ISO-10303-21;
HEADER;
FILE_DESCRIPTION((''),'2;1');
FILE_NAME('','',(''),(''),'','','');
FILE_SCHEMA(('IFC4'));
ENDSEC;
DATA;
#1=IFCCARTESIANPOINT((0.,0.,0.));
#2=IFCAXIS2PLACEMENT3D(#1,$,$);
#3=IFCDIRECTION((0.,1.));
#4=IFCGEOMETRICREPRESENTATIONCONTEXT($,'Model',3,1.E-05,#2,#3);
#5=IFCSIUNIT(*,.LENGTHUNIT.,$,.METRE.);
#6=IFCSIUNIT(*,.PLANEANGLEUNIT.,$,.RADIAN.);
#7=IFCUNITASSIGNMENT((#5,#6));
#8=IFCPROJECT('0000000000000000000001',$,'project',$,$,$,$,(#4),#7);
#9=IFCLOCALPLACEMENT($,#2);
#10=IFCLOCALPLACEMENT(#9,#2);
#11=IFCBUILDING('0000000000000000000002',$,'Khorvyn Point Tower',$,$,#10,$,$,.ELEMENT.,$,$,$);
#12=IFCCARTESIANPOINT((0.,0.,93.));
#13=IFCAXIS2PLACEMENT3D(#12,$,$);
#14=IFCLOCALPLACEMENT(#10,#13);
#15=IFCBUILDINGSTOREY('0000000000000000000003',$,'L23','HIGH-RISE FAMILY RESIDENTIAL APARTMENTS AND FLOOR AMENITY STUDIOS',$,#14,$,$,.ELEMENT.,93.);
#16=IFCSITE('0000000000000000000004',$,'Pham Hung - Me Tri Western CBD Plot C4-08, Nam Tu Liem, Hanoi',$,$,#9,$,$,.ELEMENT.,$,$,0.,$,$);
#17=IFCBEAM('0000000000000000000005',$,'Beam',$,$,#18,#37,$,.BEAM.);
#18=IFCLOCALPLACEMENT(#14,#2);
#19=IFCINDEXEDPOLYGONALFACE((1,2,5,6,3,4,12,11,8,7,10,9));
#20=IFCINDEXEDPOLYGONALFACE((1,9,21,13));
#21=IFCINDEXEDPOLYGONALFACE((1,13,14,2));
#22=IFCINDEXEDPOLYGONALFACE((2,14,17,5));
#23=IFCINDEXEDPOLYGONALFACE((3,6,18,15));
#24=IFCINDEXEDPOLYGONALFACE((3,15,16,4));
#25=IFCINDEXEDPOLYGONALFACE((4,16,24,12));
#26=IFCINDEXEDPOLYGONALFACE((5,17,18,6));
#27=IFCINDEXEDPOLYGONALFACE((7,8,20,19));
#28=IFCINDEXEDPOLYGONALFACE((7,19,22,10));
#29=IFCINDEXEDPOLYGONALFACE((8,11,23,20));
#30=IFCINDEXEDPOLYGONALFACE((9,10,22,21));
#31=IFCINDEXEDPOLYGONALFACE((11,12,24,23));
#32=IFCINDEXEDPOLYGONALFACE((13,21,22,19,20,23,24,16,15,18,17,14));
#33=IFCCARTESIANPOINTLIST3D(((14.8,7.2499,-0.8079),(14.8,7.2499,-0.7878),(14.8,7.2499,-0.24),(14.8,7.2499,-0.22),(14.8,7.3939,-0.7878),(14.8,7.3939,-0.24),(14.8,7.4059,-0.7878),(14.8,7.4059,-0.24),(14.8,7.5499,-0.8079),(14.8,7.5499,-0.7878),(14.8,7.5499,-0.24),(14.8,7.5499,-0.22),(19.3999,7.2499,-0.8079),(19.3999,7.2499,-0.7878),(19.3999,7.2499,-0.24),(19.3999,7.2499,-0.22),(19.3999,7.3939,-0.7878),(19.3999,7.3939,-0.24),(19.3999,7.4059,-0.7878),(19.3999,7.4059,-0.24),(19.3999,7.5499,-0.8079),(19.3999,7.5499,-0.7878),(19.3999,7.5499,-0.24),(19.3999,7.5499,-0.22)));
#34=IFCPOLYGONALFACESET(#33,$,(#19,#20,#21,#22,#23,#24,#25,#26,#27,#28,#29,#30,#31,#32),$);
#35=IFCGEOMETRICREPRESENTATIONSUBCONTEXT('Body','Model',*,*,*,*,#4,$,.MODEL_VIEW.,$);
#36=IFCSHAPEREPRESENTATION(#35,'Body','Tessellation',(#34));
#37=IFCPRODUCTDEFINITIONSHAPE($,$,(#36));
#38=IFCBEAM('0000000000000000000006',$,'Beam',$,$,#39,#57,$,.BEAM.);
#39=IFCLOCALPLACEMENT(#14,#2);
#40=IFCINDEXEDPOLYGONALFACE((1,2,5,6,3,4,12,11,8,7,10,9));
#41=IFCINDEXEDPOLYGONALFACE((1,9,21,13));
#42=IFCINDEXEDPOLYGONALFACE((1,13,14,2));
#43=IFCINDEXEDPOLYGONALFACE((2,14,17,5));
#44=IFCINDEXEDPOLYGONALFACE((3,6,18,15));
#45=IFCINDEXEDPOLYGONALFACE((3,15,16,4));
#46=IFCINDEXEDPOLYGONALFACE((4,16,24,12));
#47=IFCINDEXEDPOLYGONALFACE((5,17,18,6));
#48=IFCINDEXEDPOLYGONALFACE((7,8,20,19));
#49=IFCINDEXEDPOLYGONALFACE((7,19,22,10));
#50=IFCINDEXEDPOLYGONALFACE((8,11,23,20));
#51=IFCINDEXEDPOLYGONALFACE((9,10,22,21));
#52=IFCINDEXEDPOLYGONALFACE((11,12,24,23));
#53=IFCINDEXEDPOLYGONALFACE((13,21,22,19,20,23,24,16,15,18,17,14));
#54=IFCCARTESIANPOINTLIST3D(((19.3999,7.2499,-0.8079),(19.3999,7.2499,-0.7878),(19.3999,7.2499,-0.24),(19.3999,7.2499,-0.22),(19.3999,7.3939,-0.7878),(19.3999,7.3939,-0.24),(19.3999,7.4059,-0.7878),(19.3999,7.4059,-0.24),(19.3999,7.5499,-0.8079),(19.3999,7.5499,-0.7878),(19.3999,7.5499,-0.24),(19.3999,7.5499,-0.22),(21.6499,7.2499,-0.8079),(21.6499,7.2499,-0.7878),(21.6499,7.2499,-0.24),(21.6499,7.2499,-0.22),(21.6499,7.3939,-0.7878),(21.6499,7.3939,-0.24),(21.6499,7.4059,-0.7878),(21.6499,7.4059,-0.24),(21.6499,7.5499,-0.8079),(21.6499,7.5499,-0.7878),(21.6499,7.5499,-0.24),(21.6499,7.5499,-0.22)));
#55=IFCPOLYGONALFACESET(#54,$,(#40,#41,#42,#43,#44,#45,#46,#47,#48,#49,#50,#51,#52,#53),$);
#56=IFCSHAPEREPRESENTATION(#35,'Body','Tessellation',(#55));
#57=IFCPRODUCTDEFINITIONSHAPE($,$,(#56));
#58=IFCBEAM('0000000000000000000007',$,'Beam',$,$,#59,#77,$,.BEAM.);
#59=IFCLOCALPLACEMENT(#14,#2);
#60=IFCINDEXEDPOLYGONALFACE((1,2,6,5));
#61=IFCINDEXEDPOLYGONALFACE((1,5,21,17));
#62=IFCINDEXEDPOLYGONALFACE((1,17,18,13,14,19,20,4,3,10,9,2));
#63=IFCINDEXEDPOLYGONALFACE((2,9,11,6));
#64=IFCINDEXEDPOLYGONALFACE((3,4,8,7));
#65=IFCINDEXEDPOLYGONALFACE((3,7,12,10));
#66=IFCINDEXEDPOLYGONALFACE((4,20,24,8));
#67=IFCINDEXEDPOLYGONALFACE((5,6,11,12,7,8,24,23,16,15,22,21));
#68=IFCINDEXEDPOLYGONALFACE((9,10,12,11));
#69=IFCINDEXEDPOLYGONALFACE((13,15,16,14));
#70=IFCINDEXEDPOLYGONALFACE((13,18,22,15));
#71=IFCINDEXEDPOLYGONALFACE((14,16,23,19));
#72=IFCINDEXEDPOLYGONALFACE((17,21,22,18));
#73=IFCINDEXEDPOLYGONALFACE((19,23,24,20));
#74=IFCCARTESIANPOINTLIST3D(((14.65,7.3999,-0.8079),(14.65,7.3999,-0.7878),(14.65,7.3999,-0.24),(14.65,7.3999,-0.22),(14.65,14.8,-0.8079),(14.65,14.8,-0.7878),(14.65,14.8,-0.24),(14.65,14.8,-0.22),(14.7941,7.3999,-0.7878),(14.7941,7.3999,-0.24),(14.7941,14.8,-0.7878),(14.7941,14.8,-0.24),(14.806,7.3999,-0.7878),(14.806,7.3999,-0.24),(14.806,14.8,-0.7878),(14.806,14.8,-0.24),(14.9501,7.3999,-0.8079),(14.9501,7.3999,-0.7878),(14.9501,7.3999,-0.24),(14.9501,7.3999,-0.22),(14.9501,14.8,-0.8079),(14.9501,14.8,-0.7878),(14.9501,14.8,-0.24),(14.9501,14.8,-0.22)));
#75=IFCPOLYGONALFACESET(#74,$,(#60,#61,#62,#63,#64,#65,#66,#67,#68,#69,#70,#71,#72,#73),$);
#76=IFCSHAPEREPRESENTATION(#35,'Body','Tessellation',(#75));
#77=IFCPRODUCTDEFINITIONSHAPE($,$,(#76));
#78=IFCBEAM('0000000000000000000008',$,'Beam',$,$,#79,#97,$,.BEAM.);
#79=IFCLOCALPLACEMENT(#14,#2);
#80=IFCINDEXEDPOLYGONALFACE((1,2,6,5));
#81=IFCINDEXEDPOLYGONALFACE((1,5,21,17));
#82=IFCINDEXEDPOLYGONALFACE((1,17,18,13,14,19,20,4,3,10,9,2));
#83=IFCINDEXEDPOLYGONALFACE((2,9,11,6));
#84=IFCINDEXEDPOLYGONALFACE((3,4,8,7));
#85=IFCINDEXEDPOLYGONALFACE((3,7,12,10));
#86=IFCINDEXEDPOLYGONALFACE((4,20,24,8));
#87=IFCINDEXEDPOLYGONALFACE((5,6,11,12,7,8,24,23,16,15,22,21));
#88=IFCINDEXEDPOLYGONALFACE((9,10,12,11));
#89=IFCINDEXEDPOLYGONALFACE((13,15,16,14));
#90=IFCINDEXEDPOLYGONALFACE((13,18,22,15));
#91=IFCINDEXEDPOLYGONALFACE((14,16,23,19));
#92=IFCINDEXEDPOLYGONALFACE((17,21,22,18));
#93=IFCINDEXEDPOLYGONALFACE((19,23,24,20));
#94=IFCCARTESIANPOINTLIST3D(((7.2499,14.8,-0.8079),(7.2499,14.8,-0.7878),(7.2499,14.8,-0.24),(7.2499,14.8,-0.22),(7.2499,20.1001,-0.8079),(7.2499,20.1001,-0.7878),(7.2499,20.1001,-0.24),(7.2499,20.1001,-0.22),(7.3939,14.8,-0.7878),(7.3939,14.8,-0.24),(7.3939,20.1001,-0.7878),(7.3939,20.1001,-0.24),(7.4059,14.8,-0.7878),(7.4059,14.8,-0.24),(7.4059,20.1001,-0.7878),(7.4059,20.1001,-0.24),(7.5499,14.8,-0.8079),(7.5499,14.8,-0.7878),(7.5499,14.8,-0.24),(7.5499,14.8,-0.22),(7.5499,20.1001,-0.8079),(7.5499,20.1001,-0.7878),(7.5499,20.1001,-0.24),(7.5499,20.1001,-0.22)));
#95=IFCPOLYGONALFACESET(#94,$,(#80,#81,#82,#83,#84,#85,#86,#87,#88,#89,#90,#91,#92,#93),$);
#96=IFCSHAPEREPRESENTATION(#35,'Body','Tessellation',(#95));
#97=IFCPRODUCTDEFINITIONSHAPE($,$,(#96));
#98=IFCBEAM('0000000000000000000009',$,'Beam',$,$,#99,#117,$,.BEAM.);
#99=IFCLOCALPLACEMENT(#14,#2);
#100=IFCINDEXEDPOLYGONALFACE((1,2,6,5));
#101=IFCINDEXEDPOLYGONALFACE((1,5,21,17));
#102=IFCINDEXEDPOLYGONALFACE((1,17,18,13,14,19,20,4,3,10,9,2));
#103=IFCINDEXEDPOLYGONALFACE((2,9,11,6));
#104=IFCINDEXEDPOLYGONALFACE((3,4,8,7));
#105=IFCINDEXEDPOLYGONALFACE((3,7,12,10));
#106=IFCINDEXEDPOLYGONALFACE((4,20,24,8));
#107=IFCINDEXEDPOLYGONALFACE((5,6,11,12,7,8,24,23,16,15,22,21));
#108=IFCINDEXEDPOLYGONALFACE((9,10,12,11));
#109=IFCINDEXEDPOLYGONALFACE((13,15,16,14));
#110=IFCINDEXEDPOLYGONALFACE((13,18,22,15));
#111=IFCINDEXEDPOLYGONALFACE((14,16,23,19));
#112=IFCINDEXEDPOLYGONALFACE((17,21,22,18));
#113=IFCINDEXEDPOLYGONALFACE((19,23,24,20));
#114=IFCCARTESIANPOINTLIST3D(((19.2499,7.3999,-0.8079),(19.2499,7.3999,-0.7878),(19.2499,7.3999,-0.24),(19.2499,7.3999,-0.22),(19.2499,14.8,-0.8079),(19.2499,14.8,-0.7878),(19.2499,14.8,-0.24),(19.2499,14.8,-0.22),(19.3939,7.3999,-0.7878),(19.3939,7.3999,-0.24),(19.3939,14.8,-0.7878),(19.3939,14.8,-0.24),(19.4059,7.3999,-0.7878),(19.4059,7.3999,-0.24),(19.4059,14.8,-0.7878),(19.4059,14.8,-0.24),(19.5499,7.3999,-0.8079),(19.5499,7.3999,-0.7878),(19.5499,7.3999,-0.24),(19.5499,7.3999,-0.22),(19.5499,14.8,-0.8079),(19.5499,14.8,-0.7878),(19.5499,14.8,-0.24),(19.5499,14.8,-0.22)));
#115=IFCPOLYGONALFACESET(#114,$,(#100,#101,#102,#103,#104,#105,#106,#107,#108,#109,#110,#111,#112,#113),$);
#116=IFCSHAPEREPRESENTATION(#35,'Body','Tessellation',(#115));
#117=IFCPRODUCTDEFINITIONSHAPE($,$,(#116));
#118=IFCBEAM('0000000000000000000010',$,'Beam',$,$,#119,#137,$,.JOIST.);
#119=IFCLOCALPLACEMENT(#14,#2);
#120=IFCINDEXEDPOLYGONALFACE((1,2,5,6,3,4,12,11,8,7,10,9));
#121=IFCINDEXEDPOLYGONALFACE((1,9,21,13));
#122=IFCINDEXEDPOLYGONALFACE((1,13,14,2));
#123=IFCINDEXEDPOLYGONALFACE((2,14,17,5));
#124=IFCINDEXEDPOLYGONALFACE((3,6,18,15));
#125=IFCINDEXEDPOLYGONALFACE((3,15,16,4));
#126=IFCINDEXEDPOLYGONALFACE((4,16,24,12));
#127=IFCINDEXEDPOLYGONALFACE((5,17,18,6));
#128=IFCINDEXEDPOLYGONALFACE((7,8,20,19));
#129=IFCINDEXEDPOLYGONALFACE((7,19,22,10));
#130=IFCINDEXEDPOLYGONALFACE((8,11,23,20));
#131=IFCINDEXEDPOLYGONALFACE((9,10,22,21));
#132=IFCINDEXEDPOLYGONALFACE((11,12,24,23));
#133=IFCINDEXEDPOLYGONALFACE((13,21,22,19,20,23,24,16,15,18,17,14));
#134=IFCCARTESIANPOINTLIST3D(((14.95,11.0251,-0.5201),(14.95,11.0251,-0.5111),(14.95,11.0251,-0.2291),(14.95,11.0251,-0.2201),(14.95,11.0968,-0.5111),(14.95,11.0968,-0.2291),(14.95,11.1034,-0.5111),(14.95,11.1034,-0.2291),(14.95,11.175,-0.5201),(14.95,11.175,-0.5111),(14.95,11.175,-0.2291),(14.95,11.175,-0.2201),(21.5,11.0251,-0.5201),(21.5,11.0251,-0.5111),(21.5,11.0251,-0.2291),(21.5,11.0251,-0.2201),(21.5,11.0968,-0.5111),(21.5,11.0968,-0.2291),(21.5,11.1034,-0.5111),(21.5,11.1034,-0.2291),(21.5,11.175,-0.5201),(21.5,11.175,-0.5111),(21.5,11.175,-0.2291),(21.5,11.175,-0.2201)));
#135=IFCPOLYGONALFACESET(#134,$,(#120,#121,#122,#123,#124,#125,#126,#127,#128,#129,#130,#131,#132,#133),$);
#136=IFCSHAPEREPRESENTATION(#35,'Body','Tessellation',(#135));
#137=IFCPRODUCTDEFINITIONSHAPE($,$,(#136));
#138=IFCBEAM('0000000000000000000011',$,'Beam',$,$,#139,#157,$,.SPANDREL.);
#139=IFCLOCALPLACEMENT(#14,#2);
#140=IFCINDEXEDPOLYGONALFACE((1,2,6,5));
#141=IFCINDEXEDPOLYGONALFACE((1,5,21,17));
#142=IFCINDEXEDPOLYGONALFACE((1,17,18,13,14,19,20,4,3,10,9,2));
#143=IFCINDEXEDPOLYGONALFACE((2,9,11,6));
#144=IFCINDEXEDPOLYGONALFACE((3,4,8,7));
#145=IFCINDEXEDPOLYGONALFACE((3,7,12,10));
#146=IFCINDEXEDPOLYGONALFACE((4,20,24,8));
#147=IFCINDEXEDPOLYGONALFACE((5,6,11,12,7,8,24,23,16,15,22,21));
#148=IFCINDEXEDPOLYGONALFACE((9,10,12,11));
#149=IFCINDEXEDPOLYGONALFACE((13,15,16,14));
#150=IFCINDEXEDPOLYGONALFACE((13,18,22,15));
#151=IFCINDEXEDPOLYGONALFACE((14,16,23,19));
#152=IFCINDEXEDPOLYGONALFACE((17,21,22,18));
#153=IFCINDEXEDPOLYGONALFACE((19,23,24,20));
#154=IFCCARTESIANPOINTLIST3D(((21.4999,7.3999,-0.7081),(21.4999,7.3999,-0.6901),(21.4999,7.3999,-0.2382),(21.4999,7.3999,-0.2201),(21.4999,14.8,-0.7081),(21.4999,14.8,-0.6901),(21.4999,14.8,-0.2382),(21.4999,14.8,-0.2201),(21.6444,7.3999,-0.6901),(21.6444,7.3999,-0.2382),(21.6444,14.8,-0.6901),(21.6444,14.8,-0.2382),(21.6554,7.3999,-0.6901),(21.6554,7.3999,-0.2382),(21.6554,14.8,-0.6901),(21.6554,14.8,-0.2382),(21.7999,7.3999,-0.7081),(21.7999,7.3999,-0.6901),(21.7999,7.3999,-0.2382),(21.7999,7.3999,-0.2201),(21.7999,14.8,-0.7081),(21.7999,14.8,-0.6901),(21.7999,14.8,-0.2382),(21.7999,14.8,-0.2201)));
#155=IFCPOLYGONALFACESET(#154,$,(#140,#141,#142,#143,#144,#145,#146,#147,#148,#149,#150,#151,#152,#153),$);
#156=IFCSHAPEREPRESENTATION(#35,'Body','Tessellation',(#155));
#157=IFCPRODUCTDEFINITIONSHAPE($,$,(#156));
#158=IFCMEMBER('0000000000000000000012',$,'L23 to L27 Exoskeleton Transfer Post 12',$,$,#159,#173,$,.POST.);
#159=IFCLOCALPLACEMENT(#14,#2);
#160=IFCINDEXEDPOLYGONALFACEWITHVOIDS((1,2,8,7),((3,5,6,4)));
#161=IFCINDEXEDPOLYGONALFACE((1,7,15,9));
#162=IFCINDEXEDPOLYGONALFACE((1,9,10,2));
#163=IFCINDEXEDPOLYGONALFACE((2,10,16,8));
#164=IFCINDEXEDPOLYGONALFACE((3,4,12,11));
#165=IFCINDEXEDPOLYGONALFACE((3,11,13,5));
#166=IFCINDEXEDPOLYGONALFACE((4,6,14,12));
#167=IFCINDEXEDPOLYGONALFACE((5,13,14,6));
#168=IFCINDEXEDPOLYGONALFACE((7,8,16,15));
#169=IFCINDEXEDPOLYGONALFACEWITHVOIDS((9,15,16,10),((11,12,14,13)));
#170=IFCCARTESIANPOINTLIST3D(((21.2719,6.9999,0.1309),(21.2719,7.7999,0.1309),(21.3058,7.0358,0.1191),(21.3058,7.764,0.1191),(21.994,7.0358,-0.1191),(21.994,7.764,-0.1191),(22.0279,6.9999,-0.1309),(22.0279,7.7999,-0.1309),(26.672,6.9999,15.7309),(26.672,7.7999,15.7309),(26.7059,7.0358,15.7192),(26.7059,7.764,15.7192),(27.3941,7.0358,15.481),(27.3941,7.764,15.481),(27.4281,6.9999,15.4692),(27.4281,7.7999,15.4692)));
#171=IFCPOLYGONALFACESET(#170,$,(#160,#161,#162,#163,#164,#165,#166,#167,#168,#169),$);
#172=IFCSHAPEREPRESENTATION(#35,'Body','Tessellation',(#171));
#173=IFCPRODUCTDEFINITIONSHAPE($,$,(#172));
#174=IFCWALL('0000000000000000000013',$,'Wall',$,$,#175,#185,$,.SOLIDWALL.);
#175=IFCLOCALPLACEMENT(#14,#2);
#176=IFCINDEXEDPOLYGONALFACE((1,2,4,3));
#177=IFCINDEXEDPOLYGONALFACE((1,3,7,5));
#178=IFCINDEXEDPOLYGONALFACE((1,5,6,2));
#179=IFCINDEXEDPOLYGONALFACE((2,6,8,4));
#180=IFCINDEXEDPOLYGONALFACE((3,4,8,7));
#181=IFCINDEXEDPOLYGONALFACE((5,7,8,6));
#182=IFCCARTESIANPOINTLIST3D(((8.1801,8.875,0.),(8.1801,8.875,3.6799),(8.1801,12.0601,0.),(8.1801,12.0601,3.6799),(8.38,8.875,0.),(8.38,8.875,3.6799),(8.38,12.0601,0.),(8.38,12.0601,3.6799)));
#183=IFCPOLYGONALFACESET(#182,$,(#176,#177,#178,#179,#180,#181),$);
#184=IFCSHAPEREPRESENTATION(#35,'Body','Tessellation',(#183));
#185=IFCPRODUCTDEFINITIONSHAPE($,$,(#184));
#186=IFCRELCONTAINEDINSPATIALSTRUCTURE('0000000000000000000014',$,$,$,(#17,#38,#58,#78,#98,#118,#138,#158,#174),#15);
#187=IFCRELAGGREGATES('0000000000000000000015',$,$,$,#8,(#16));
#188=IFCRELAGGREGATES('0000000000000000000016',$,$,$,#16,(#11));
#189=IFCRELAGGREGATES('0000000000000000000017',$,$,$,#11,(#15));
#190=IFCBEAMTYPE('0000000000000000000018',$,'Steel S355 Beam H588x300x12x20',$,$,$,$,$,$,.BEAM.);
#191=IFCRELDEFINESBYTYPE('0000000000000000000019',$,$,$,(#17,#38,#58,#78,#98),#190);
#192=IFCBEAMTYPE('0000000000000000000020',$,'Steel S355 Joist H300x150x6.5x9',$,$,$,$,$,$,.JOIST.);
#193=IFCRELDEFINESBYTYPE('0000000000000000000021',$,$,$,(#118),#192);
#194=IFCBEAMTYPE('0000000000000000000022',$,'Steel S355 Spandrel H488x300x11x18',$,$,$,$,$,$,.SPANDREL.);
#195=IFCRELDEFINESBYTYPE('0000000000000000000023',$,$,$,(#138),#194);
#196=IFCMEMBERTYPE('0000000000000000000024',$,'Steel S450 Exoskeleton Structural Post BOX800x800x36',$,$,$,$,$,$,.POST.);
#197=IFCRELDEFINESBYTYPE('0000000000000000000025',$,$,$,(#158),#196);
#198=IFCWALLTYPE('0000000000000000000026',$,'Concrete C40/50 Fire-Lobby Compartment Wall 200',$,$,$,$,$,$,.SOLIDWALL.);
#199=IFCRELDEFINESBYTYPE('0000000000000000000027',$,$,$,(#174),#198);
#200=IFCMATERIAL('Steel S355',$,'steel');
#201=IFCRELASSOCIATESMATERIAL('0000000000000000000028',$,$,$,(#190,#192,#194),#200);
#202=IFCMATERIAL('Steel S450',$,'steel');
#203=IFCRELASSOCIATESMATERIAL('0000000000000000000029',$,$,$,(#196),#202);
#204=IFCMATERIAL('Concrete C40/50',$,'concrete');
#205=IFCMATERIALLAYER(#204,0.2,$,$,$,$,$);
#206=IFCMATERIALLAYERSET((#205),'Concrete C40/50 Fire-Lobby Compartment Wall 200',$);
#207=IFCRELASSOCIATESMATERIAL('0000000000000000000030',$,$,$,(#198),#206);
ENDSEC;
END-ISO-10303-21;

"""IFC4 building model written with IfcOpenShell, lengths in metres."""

from ifc_helpers import new_model, si_unit, direction, frame, frame_2d, origin, origin_2d, place, context, subcontext, project, spatial, rectangle, hollow_rectangle, i_section, extrude, material, layer, layer_set, material_profile, profile_set, type_object, element, save


model = new_model("IFC4")

# Units and contexts
model_context = context("Model", 3, precision=1e-05, world=origin(), true_north=direction((0.0, 1.0)))
body_context = subcontext(model_context, "Body", "Model", "MODEL_VIEW")
ifc_project = project(units=[si_unit("LENGTHUNIT", "METRE"), si_unit("PLANEANGLEUNIT", "RADIAN")], contexts=[model_context])

# Site, building, storey
site_placement = place(None, origin())
site = spatial("IfcSite", under=ifc_project, at=site_placement, Name="Pham Hung - Me Tri Western CBD Plot C4-08, Nam Tu Liem, Hanoi", CompositionType="ELEMENT", RefElevation=0.0)
building_placement = place(site_placement, origin())
building = spatial("IfcBuilding", under=site, at=building_placement, Name="Khorvyn Point Tower", CompositionType="ELEMENT")
storey_placement = place(building_placement, frame((0.0, 0.0, 93.0)))
storey = spatial("IfcBuildingStorey", under=building, at=storey_placement, Name="L23", Description="HIGH-RISE FAMILY RESIDENTIAL APARTMENTS AND FLOOR AMENITY STUDIOS", CompositionType="ELEMENT", Elevation=93.0)

# Shared definitions
ifc_material_1 = material(Name="Steel S450", Category="steel")

# Beams
ifc_material_2 = material(Name="Steel S355", Category="steel")
ifc_material_profile_1 = material_profile(ifc_material_2, i_section(OverallWidth=0.3, OverallDepth=0.5879, WebThickness=0.012, FlangeThickness=0.02, at=origin_2d()))
ifc_profile_set_1 = profile_set([ifc_material_profile_1], Name="Steel S355 H588x300x12x20")
beam_type_1 = type_object("IfcBeamType", Name="Steel S355 Beam H588x300x12x20", PredefinedType="BEAM", material=ifc_profile_set_1)
beam_1_placement = place(storey_placement, frame((14.8, 7.3999, -0.5139), z_axis=(1.0, 0.0, 0.0), x_axis=(0.0, 1.0, 0.0)))
element("IfcBeam", 1, at=beam_1_placement, inside=storey, type_object=beam_type_1, Name="Beam", PredefinedType="BEAM", context=body_context, shape_type="SweptSolid", body=[
    extrude(i_section(OverallWidth=0.3, OverallDepth=0.5879, WebThickness=0.012, FlangeThickness=0.02, at=origin_2d()), origin(), (0.0, 0.0, 1.0), 4.5999),
])
beam_2_placement = place(storey_placement, frame((19.3999, 7.3999, -0.5139), z_axis=(1.0, 0.0, 0.0), x_axis=(0.0, 1.0, 0.0)))
element("IfcBeam", 2, at=beam_2_placement, inside=storey, type_object=beam_type_1, Name="Beam", PredefinedType="BEAM", context=body_context, shape_type="SweptSolid", body=[
    extrude(i_section(OverallWidth=0.3, OverallDepth=0.5879, WebThickness=0.012, FlangeThickness=0.02, at=origin_2d()), origin(), (0.0, 0.0, 1.0), 2.25),
])
beam_3_placement = place(storey_placement, frame((14.8, 7.3999, -0.5139), z_axis=(0.0, 1.0, 0.0), x_axis=(-1.0, 0.0, 0.0)))
element("IfcBeam", 3, at=beam_3_placement, inside=storey, type_object=beam_type_1, Name="Beam", PredefinedType="BEAM", context=body_context, shape_type="SweptSolid", body=[
    extrude(i_section(OverallWidth=0.3, OverallDepth=0.5879, WebThickness=0.012, FlangeThickness=0.02, at=origin_2d()), origin(), (0.0, 0.0, 1.0), 7.4001),
])
beam_4_placement = place(storey_placement, frame((7.3999, 14.8, -0.5139), z_axis=(0.0, 1.0, 0.0), x_axis=(-1.0, 0.0, 0.0)))
element("IfcBeam", 4, at=beam_4_placement, inside=storey, type_object=beam_type_1, Name="Beam", PredefinedType="BEAM", context=body_context, shape_type="SweptSolid", body=[
    extrude(i_section(OverallWidth=0.3, OverallDepth=0.5879, WebThickness=0.012, FlangeThickness=0.02, at=origin_2d()), origin(), (0.0, 0.0, 1.0), 5.3),
])
beam_5_placement = place(storey_placement, frame((19.3999, 7.3999, -0.5139), z_axis=(0.0, 1.0, 0.0), x_axis=(-1.0, 0.0, 0.0)))
element("IfcBeam", 5, at=beam_5_placement, inside=storey, type_object=beam_type_1, Name="Beam", PredefinedType="BEAM", context=body_context, shape_type="SweptSolid", body=[
    extrude(i_section(OverallWidth=0.3, OverallDepth=0.5879, WebThickness=0.012, FlangeThickness=0.02, at=origin_2d()), origin(), (0.0, 0.0, 1.0), 7.4001),
])
ifc_material_profile_2 = material_profile(ifc_material_2, i_section(OverallWidth=0.1499, OverallDepth=0.3, WebThickness=0.0066, FlangeThickness=0.009, at=origin_2d()))
ifc_profile_set_2 = profile_set([ifc_material_profile_2], Name="Steel S355 H300x150x6.5x9")
beam_type_2 = type_object("IfcBeamType", Name="Steel S355 Joist H300x150x6.5x9", PredefinedType="JOIST", material=ifc_profile_set_2)
beam_6_placement = place(storey_placement, frame((14.95, 11.1001, -0.3701), z_axis=(1.0, 0.0, 0.0), x_axis=(0.0, 1.0, 0.0)))
element("IfcBeam", 6, at=beam_6_placement, inside=storey, type_object=beam_type_2, Name="Beam", PredefinedType="JOIST", context=body_context, shape_type="SweptSolid", body=[
    extrude(i_section(OverallWidth=0.1499, OverallDepth=0.3, WebThickness=0.0066, FlangeThickness=0.009, at=origin_2d()), origin(), (0.0, 0.0, 1.0), 6.55),
])
ifc_material_profile_3 = material_profile(ifc_material_2, i_section(OverallWidth=0.3, OverallDepth=0.488, WebThickness=0.011, FlangeThickness=0.0181, at=origin_2d()))
ifc_profile_set_3 = profile_set([ifc_material_profile_3], Name="Steel S355 H488x300x11x18")
beam_type_3 = type_object("IfcBeamType", Name="Steel S355 Spandrel H488x300x11x18", PredefinedType="SPANDREL", material=ifc_profile_set_3)
beam_7_placement = place(storey_placement, frame((21.6499, 7.3999, -0.4641), z_axis=(0.0, 1.0, 0.0), x_axis=(-1.0, 0.0, 0.0)))
element("IfcBeam", 7, at=beam_7_placement, inside=storey, type_object=beam_type_3, Name="Beam", PredefinedType="SPANDREL", context=body_context, shape_type="SweptSolid", body=[
    extrude(i_section(OverallWidth=0.3, OverallDepth=0.488, WebThickness=0.011, FlangeThickness=0.0181, at=origin_2d()), origin(), (0.0, 0.0, 1.0), 7.4001),
])

# Member
ifc_material_profile_4 = material_profile(ifc_material_1, hollow_rectangle(XDim=0.8, YDim=0.8, WallThickness=0.0359, at=origin_2d()))
ifc_profile_set_4 = profile_set([ifc_material_profile_4], Name="Steel S450 BOX800x800x36")
member_type_1 = type_object("IfcMemberType", Name="Steel S450 Exoskeleton Structural Post BOX800x800x36", PredefinedType="POST", material=ifc_profile_set_4)
member_1_placement = place(storey_placement, frame((21.6499, 7.3999, 0.0), z_axis=(0.327117, 0.0, 0.944984), x_axis=(0.0, 1.0, 0.0)))
element("IfcMember", 8, at=member_1_placement, inside=storey, type_object=member_type_1, Name="L23 to L27 Exoskeleton Transfer Post 12", PredefinedType="POST", context=body_context, shape_type="SweptSolid", body=[
    extrude(hollow_rectangle(XDim=0.8, YDim=0.8, WallThickness=0.0359, at=origin_2d()), origin(), (0.0, 0.0, 1.0), 16.5083),
])

# Wall
ifc_material_3 = material(Name="Concrete C40/50", Category="concrete")
ifc_layer_1 = layer(ifc_material_3, 0.2)
ifc_layer_set_1 = layer_set([ifc_layer_1], Name="Concrete C40/50 Fire-Lobby Compartment Wall 200")
wall_type_1 = type_object("IfcWallType", Name="Concrete C40/50 Fire-Lobby Compartment Wall 200", PredefinedType="SOLIDWALL", material=ifc_layer_set_1)
wall_1_placement = place(storey_placement, frame((8.28, 8.875, 0.0), z_axis=(0.0, 0.0, 1.0), x_axis=(0.0, 1.0, 0.0)))
element("IfcWall", 9, at=wall_1_placement, inside=storey, type_object=wall_type_1, Name="Wall", PredefinedType="SOLIDWALL", context=body_context, shape_type="SweptSolid", body=[
    extrude(rectangle(XDim=3.1851, YDim=0.2, at=frame_2d((1.5925, 0.0))), origin(), (0.0, 0.0, 1.0), 3.6799),
])

save(model, "model.ifc")
